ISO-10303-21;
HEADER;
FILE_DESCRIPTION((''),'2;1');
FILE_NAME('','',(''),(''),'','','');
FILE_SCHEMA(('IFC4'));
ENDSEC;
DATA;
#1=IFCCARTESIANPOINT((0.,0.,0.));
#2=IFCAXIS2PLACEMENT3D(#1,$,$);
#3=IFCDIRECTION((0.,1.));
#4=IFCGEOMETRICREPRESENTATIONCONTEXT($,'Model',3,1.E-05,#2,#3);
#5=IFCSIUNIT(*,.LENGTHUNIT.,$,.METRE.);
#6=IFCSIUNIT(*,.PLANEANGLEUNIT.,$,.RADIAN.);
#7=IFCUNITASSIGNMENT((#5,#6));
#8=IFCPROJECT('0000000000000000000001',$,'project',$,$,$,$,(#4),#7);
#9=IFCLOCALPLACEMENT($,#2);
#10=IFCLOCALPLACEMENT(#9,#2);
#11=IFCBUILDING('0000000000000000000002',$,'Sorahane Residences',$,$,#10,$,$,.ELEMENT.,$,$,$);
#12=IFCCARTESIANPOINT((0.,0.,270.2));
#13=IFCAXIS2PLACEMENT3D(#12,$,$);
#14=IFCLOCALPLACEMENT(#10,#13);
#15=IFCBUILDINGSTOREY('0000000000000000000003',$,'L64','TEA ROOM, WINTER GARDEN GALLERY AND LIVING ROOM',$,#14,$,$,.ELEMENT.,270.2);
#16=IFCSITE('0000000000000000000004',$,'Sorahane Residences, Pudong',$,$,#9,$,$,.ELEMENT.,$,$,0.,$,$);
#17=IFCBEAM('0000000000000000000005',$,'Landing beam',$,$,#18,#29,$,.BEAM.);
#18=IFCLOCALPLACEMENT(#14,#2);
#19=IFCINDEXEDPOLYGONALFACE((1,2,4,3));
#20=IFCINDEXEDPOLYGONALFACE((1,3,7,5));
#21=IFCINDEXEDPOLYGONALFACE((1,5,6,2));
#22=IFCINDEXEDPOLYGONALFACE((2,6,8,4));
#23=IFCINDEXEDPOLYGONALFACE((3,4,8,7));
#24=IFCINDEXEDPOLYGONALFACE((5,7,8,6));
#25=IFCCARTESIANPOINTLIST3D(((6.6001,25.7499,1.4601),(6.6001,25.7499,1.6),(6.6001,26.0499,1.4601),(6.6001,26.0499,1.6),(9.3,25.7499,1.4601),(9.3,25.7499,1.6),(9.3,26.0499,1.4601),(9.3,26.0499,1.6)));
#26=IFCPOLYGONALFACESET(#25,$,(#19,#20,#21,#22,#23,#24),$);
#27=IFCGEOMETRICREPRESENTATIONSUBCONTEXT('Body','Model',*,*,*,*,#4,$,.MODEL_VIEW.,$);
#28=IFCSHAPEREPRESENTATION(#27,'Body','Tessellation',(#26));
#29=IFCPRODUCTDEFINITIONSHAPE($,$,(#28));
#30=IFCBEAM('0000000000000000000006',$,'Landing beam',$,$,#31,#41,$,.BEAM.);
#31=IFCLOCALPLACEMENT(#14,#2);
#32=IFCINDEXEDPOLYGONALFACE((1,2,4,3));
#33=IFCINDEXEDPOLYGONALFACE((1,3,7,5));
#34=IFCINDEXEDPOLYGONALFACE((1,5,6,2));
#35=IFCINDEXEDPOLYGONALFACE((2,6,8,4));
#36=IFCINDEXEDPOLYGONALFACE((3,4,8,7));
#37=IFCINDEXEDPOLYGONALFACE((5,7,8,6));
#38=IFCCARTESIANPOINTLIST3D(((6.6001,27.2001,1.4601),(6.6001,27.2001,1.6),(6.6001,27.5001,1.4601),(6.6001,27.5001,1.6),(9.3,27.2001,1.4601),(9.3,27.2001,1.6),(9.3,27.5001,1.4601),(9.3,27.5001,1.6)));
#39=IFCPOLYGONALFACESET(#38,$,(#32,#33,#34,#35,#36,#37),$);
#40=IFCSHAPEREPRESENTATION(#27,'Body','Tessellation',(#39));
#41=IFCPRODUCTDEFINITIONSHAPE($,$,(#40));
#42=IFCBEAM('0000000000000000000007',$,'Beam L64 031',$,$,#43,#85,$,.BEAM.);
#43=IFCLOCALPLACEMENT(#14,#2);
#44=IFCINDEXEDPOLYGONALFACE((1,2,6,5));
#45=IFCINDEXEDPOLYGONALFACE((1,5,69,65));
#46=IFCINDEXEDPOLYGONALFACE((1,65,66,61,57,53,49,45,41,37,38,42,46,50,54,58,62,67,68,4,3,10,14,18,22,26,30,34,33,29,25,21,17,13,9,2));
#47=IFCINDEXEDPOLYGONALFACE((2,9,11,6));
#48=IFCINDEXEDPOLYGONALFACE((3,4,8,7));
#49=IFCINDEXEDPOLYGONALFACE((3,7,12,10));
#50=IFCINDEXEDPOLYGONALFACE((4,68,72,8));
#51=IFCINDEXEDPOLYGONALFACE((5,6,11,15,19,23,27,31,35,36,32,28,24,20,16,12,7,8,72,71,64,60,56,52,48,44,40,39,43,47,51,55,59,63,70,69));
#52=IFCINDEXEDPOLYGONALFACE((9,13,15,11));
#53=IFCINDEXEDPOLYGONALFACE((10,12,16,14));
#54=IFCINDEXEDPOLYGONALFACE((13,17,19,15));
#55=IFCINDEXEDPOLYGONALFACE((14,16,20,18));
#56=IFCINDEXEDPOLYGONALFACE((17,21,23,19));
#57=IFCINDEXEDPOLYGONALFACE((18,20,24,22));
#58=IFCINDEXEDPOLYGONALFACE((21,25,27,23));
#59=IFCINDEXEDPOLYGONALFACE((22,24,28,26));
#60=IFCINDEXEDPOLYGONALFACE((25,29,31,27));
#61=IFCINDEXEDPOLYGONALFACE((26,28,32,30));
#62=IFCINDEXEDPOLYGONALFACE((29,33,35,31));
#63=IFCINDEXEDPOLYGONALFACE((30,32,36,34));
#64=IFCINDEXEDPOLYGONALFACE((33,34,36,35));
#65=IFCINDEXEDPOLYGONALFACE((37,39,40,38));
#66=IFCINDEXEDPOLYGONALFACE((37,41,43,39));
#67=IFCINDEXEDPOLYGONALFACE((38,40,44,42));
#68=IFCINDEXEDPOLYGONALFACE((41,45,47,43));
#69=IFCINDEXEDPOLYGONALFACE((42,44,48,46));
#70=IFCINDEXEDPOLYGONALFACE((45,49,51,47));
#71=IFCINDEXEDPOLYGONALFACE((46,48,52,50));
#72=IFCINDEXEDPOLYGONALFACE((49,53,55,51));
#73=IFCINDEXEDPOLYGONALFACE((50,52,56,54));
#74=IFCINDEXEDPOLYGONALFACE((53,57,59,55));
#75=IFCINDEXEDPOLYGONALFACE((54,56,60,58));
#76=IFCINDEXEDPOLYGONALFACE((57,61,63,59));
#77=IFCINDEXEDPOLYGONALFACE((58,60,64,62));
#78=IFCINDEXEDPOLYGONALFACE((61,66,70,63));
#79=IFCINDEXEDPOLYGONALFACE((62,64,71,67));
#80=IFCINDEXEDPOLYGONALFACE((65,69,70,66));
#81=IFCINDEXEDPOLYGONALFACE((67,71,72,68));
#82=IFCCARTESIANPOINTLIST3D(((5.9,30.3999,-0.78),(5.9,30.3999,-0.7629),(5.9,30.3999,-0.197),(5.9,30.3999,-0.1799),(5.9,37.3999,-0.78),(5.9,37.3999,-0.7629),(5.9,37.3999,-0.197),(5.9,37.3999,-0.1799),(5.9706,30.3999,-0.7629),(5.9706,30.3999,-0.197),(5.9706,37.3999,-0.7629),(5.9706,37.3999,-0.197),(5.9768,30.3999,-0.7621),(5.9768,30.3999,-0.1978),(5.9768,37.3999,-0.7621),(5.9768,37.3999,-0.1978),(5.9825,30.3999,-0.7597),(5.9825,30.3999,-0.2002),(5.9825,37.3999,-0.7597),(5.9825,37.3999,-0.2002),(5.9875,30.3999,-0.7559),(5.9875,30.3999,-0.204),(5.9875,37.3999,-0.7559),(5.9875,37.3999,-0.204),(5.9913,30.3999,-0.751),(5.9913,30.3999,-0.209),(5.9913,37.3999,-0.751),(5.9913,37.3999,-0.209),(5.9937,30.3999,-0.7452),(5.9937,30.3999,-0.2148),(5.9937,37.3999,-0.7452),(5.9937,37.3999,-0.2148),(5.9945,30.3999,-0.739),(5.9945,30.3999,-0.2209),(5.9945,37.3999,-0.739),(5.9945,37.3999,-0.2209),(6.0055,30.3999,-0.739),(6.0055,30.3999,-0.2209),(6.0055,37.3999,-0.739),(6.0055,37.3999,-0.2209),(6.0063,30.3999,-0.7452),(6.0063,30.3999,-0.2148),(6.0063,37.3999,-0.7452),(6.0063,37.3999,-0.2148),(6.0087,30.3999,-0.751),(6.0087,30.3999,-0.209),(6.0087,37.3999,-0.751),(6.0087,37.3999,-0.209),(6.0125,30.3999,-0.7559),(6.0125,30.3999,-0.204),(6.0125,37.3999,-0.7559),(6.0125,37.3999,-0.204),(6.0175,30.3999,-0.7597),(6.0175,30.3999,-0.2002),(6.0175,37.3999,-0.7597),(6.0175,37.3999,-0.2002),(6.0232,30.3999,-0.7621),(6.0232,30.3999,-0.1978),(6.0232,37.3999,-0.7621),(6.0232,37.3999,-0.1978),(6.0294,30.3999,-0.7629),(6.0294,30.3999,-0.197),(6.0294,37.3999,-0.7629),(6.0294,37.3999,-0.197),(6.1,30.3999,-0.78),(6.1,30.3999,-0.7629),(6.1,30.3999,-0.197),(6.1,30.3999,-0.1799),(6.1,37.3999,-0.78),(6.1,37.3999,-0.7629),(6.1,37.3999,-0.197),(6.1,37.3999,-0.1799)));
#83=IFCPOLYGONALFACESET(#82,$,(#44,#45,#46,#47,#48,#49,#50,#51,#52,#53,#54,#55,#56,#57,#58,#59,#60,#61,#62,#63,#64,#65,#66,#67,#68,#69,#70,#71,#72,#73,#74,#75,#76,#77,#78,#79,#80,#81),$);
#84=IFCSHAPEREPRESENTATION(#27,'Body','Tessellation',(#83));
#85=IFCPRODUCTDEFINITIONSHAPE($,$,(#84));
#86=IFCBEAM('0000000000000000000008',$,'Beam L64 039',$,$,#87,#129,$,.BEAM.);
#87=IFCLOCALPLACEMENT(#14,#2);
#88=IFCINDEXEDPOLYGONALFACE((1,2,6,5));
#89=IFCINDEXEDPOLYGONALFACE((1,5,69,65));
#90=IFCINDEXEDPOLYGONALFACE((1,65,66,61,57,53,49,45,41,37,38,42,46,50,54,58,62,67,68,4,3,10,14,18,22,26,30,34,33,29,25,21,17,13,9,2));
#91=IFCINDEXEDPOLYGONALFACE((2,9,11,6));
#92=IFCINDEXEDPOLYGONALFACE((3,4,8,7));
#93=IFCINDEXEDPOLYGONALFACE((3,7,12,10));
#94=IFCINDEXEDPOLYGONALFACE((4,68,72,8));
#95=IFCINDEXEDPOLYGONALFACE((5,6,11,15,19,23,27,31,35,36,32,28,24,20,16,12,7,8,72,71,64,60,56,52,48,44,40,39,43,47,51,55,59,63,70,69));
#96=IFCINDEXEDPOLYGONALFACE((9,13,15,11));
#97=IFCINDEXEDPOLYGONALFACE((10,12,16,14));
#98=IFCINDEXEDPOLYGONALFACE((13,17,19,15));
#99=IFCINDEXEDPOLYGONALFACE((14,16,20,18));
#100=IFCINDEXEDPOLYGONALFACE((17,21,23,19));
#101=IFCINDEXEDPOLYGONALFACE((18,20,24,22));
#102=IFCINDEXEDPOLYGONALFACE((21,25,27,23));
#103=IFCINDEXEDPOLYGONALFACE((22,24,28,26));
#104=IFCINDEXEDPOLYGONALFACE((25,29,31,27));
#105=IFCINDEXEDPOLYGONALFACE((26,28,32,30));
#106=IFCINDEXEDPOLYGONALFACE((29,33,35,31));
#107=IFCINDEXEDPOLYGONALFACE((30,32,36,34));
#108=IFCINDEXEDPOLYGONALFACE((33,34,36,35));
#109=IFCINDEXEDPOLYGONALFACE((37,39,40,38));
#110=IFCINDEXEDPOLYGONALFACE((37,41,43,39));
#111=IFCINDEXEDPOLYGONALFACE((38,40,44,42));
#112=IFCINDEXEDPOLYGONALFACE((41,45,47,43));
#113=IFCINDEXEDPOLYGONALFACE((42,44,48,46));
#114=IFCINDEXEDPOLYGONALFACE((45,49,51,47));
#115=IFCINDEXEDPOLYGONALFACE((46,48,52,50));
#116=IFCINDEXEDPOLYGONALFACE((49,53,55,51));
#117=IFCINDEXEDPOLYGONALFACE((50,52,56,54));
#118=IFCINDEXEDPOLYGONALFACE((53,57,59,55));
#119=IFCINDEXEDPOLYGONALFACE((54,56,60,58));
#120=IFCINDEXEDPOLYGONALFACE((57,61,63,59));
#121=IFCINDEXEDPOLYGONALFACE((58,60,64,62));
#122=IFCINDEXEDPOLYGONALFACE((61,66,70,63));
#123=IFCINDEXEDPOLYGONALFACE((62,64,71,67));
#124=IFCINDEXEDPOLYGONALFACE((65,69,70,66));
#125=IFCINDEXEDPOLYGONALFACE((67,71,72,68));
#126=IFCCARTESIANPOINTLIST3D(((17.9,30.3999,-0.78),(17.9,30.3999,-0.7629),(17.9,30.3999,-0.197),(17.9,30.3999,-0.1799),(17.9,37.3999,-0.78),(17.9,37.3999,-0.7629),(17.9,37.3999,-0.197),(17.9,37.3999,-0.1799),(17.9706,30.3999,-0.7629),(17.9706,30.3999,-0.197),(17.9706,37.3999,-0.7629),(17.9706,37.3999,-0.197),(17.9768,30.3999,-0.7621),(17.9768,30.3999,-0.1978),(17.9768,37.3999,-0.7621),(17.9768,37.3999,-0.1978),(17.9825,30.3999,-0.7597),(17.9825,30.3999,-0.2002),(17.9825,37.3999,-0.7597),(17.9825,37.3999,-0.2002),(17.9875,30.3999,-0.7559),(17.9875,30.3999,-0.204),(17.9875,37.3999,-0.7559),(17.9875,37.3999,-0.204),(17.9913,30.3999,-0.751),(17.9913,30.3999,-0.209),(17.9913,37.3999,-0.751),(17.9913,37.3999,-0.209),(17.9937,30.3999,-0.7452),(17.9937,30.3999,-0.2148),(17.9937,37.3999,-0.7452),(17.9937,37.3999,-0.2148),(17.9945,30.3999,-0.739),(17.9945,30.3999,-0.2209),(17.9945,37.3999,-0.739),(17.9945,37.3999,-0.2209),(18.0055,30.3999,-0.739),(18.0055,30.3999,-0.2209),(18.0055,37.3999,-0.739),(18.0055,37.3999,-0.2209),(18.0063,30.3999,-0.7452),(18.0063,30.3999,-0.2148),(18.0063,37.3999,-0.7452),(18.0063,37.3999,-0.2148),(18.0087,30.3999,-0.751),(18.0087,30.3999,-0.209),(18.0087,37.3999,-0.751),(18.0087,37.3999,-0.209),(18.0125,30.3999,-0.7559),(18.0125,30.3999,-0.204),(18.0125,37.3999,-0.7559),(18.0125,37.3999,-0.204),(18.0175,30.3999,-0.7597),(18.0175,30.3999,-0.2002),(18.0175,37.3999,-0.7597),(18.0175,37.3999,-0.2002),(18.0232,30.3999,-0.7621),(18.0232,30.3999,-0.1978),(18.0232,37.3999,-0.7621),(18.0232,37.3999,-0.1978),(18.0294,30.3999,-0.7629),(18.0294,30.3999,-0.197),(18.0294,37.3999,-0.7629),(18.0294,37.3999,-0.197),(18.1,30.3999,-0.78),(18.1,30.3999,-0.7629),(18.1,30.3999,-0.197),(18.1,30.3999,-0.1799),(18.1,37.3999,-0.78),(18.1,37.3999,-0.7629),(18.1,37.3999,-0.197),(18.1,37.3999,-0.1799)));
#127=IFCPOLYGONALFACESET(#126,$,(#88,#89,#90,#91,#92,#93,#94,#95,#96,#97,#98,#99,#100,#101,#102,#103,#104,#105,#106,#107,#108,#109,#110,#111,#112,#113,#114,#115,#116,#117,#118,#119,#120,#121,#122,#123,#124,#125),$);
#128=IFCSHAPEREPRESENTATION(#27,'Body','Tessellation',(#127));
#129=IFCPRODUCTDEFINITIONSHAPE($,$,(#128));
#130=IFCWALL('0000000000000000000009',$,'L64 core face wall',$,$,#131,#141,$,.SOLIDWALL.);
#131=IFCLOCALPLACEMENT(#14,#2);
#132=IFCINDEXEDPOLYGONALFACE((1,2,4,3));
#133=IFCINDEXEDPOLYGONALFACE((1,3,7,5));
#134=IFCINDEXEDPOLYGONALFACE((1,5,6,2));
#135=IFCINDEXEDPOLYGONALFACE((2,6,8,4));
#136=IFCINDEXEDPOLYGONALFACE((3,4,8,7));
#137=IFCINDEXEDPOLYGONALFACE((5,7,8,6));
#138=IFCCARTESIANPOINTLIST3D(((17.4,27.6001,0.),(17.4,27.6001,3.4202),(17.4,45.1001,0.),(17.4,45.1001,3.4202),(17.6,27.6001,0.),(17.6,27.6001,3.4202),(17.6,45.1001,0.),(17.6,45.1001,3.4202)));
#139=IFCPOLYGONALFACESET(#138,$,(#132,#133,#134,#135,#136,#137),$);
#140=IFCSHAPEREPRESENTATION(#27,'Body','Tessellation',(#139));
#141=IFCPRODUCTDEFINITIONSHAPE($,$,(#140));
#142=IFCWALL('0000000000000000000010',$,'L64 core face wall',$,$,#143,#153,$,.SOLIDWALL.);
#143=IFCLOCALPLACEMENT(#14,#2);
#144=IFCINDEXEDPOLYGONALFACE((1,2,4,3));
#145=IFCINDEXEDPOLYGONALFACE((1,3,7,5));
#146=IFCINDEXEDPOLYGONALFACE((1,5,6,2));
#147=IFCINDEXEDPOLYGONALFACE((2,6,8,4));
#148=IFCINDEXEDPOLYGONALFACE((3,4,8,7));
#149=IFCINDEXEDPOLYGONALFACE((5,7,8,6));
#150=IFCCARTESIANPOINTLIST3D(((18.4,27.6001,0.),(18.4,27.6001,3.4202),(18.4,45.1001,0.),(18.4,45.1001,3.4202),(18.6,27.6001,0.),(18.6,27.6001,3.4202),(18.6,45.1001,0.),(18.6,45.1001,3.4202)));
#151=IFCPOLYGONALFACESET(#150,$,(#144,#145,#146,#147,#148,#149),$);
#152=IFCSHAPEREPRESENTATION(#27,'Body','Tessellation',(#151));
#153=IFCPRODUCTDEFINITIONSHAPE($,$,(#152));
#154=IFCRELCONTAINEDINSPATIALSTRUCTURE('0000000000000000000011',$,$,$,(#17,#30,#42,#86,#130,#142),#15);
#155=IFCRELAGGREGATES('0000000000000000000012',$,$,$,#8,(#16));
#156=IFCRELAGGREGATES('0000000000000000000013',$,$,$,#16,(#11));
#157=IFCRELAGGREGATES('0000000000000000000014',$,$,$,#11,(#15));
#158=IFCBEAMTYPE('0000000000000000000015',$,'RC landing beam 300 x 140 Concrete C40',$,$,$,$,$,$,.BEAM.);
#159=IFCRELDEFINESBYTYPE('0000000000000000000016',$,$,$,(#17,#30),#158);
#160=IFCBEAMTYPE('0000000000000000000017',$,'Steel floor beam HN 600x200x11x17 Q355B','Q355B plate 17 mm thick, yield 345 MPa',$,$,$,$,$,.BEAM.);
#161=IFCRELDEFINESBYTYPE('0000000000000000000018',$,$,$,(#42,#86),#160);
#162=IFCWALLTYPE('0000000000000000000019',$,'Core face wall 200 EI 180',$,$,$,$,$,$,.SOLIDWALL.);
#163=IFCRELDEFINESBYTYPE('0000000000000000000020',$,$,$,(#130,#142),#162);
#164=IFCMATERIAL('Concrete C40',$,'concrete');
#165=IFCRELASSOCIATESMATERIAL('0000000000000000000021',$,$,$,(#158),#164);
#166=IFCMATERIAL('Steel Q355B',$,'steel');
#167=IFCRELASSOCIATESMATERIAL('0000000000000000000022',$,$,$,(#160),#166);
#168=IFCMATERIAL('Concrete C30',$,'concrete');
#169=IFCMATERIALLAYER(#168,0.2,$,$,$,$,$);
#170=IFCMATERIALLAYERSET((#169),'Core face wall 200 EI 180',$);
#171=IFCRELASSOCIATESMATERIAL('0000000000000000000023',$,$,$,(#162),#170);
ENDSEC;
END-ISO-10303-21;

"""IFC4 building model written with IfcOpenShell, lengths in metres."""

from ifc_helpers import new_model, si_unit, direction, frame, frame_2d, origin, origin_2d, place, context, subcontext, project, spatial, rectangle, i_section, extrude, material, layer, layer_set, material_profile, profile_set, type_object, element, save


model = new_model("IFC4")

# Units and contexts
model_context = context("Model", 3, precision=1e-05, world=origin(), true_north=direction((0.0, 1.0)))
body_context = subcontext(model_context, "Body", "Model", "MODEL_VIEW")
ifc_project = project(units=[si_unit("LENGTHUNIT", "METRE"), si_unit("PLANEANGLEUNIT", "RADIAN")], contexts=[model_context])

# Site, building, storey
site_placement = place(None, origin())
site = spatial("IfcSite", under=ifc_project, at=site_placement, Name="Sorahane Residences, Pudong", CompositionType="ELEMENT", RefElevation=0.0)
building_placement = place(site_placement, origin())
building = spatial("IfcBuilding", under=site, at=building_placement, Name="Sorahane Residences", CompositionType="ELEMENT")
storey_placement = place(building_placement, frame((0.0, 0.0, 270.2)))
storey = spatial("IfcBuildingStorey", under=building, at=storey_placement, Name="L64", Description="TEA ROOM, WINTER GARDEN GALLERY AND LIVING ROOM", CompositionType="ELEMENT", Elevation=270.2)

# Beams
ifc_material_1 = material(Name="Concrete C40", Category="concrete")
ifc_material_profile_1 = material_profile(ifc_material_1, rectangle(XDim=0.3, YDim=0.1399, at=origin_2d()), Name="300x140")
ifc_profile_set_1 = profile_set([ifc_material_profile_1], Name="Concrete C40")
beam_type_1 = type_object("IfcBeamType", Name="RC landing beam 300 x 140 Concrete C40", PredefinedType="BEAM", material=ifc_profile_set_1)
for number, where, z_axis, x_axis, name in (
    (1, (6.6001, 25.8999, 1.53), (1.0, 0.0, 0.0), (0.0, 1.0, 0.0), "Landing beam"),
    (2, (6.6001, 27.3501, 1.53), (1.0, 0.0, 0.0), (0.0, 1.0, 0.0), "Landing beam"),
):
    element("IfcBeam", number, at=place(storey_placement, frame(where, z_axis=z_axis, x_axis=x_axis)), inside=storey, type_object=beam_type_1, Name=name, PredefinedType="BEAM", context=body_context, shape_type="SweptSolid", body=[
        extrude(rectangle(XDim=0.3, YDim=0.1399, at=origin_2d()), origin(), (0.0, 0.0, 1.0), 2.7),
    ])
ifc_material_2 = material(Name="Steel Q355B", Category="steel")
ifc_material_profile_2 = material_profile(ifc_material_2, i_section(OverallWidth=0.2, OverallDepth=0.6001, WebThickness=0.011, FlangeThickness=0.0171, FilletRadius=0.0239, at=origin_2d()), Name="HN 600x200x11x17")
ifc_profile_set_2 = profile_set([ifc_material_profile_2], Name="Steel Q355B")
beam_type_2 = type_object("IfcBeamType", Name="Steel floor beam HN 600x200x11x17 Q355B", Description="Q355B plate 17 mm thick, yield 345 MPa", PredefinedType="BEAM", material=ifc_profile_set_2)
for number, where, z_axis, x_axis, name in (
    (3, (6.0, 30.3999, -0.48), (0.0, 1.0, 0.0), (-1.0, 0.0, 0.0), "Beam L64 031"),
    (4, (18.0, 30.3999, -0.48), (0.0, 1.0, 0.0), (-1.0, 0.0, 0.0), "Beam L64 039"),
):
    element("IfcBeam", number, at=place(storey_placement, frame(where, z_axis=z_axis, x_axis=x_axis)), inside=storey, type_object=beam_type_2, Name=name, PredefinedType="BEAM", context=body_context, shape_type="SweptSolid", body=[
        extrude(i_section(OverallWidth=0.2, OverallDepth=0.6001, WebThickness=0.011, FlangeThickness=0.0171, FilletRadius=0.0239, at=origin_2d()), origin(), (0.0, 0.0, 1.0), 7.0),
    ])

# Walls
ifc_material_3 = material(Name="Concrete C30", Category="concrete")
ifc_layer_1 = layer(ifc_material_3, 0.2)
ifc_layer_set_1 = layer_set([ifc_layer_1], Name="Core face wall 200 EI 180")
wall_type_1 = type_object("IfcWallType", Name="Core face wall 200 EI 180", PredefinedType="SOLIDWALL", material=ifc_layer_set_1)
for number, where, z_axis, x_axis, name in (
    (5, (17.5, 27.6001, 0.0), (0.0, 0.0, 1.0), (0.0, 1.0, 0.0), "L64 core face wall"),
    (6, (18.5, 27.6001, 0.0), (0.0, 0.0, 1.0), (0.0, 1.0, 0.0), "L64 core face wall"),
):
    element("IfcWall", number, at=place(storey_placement, frame(where, z_axis=z_axis, x_axis=x_axis)), inside=storey, type_object=wall_type_1, Name=name, PredefinedType="SOLIDWALL", context=body_context, shape_type="SweptSolid", body=[
        extrude(rectangle(XDim=17.5, YDim=0.2, at=frame_2d((8.75, 0.0))), origin(), (0.0, 0.0, 1.0), 3.4202),
    ])

save(model, "model.ifc")
